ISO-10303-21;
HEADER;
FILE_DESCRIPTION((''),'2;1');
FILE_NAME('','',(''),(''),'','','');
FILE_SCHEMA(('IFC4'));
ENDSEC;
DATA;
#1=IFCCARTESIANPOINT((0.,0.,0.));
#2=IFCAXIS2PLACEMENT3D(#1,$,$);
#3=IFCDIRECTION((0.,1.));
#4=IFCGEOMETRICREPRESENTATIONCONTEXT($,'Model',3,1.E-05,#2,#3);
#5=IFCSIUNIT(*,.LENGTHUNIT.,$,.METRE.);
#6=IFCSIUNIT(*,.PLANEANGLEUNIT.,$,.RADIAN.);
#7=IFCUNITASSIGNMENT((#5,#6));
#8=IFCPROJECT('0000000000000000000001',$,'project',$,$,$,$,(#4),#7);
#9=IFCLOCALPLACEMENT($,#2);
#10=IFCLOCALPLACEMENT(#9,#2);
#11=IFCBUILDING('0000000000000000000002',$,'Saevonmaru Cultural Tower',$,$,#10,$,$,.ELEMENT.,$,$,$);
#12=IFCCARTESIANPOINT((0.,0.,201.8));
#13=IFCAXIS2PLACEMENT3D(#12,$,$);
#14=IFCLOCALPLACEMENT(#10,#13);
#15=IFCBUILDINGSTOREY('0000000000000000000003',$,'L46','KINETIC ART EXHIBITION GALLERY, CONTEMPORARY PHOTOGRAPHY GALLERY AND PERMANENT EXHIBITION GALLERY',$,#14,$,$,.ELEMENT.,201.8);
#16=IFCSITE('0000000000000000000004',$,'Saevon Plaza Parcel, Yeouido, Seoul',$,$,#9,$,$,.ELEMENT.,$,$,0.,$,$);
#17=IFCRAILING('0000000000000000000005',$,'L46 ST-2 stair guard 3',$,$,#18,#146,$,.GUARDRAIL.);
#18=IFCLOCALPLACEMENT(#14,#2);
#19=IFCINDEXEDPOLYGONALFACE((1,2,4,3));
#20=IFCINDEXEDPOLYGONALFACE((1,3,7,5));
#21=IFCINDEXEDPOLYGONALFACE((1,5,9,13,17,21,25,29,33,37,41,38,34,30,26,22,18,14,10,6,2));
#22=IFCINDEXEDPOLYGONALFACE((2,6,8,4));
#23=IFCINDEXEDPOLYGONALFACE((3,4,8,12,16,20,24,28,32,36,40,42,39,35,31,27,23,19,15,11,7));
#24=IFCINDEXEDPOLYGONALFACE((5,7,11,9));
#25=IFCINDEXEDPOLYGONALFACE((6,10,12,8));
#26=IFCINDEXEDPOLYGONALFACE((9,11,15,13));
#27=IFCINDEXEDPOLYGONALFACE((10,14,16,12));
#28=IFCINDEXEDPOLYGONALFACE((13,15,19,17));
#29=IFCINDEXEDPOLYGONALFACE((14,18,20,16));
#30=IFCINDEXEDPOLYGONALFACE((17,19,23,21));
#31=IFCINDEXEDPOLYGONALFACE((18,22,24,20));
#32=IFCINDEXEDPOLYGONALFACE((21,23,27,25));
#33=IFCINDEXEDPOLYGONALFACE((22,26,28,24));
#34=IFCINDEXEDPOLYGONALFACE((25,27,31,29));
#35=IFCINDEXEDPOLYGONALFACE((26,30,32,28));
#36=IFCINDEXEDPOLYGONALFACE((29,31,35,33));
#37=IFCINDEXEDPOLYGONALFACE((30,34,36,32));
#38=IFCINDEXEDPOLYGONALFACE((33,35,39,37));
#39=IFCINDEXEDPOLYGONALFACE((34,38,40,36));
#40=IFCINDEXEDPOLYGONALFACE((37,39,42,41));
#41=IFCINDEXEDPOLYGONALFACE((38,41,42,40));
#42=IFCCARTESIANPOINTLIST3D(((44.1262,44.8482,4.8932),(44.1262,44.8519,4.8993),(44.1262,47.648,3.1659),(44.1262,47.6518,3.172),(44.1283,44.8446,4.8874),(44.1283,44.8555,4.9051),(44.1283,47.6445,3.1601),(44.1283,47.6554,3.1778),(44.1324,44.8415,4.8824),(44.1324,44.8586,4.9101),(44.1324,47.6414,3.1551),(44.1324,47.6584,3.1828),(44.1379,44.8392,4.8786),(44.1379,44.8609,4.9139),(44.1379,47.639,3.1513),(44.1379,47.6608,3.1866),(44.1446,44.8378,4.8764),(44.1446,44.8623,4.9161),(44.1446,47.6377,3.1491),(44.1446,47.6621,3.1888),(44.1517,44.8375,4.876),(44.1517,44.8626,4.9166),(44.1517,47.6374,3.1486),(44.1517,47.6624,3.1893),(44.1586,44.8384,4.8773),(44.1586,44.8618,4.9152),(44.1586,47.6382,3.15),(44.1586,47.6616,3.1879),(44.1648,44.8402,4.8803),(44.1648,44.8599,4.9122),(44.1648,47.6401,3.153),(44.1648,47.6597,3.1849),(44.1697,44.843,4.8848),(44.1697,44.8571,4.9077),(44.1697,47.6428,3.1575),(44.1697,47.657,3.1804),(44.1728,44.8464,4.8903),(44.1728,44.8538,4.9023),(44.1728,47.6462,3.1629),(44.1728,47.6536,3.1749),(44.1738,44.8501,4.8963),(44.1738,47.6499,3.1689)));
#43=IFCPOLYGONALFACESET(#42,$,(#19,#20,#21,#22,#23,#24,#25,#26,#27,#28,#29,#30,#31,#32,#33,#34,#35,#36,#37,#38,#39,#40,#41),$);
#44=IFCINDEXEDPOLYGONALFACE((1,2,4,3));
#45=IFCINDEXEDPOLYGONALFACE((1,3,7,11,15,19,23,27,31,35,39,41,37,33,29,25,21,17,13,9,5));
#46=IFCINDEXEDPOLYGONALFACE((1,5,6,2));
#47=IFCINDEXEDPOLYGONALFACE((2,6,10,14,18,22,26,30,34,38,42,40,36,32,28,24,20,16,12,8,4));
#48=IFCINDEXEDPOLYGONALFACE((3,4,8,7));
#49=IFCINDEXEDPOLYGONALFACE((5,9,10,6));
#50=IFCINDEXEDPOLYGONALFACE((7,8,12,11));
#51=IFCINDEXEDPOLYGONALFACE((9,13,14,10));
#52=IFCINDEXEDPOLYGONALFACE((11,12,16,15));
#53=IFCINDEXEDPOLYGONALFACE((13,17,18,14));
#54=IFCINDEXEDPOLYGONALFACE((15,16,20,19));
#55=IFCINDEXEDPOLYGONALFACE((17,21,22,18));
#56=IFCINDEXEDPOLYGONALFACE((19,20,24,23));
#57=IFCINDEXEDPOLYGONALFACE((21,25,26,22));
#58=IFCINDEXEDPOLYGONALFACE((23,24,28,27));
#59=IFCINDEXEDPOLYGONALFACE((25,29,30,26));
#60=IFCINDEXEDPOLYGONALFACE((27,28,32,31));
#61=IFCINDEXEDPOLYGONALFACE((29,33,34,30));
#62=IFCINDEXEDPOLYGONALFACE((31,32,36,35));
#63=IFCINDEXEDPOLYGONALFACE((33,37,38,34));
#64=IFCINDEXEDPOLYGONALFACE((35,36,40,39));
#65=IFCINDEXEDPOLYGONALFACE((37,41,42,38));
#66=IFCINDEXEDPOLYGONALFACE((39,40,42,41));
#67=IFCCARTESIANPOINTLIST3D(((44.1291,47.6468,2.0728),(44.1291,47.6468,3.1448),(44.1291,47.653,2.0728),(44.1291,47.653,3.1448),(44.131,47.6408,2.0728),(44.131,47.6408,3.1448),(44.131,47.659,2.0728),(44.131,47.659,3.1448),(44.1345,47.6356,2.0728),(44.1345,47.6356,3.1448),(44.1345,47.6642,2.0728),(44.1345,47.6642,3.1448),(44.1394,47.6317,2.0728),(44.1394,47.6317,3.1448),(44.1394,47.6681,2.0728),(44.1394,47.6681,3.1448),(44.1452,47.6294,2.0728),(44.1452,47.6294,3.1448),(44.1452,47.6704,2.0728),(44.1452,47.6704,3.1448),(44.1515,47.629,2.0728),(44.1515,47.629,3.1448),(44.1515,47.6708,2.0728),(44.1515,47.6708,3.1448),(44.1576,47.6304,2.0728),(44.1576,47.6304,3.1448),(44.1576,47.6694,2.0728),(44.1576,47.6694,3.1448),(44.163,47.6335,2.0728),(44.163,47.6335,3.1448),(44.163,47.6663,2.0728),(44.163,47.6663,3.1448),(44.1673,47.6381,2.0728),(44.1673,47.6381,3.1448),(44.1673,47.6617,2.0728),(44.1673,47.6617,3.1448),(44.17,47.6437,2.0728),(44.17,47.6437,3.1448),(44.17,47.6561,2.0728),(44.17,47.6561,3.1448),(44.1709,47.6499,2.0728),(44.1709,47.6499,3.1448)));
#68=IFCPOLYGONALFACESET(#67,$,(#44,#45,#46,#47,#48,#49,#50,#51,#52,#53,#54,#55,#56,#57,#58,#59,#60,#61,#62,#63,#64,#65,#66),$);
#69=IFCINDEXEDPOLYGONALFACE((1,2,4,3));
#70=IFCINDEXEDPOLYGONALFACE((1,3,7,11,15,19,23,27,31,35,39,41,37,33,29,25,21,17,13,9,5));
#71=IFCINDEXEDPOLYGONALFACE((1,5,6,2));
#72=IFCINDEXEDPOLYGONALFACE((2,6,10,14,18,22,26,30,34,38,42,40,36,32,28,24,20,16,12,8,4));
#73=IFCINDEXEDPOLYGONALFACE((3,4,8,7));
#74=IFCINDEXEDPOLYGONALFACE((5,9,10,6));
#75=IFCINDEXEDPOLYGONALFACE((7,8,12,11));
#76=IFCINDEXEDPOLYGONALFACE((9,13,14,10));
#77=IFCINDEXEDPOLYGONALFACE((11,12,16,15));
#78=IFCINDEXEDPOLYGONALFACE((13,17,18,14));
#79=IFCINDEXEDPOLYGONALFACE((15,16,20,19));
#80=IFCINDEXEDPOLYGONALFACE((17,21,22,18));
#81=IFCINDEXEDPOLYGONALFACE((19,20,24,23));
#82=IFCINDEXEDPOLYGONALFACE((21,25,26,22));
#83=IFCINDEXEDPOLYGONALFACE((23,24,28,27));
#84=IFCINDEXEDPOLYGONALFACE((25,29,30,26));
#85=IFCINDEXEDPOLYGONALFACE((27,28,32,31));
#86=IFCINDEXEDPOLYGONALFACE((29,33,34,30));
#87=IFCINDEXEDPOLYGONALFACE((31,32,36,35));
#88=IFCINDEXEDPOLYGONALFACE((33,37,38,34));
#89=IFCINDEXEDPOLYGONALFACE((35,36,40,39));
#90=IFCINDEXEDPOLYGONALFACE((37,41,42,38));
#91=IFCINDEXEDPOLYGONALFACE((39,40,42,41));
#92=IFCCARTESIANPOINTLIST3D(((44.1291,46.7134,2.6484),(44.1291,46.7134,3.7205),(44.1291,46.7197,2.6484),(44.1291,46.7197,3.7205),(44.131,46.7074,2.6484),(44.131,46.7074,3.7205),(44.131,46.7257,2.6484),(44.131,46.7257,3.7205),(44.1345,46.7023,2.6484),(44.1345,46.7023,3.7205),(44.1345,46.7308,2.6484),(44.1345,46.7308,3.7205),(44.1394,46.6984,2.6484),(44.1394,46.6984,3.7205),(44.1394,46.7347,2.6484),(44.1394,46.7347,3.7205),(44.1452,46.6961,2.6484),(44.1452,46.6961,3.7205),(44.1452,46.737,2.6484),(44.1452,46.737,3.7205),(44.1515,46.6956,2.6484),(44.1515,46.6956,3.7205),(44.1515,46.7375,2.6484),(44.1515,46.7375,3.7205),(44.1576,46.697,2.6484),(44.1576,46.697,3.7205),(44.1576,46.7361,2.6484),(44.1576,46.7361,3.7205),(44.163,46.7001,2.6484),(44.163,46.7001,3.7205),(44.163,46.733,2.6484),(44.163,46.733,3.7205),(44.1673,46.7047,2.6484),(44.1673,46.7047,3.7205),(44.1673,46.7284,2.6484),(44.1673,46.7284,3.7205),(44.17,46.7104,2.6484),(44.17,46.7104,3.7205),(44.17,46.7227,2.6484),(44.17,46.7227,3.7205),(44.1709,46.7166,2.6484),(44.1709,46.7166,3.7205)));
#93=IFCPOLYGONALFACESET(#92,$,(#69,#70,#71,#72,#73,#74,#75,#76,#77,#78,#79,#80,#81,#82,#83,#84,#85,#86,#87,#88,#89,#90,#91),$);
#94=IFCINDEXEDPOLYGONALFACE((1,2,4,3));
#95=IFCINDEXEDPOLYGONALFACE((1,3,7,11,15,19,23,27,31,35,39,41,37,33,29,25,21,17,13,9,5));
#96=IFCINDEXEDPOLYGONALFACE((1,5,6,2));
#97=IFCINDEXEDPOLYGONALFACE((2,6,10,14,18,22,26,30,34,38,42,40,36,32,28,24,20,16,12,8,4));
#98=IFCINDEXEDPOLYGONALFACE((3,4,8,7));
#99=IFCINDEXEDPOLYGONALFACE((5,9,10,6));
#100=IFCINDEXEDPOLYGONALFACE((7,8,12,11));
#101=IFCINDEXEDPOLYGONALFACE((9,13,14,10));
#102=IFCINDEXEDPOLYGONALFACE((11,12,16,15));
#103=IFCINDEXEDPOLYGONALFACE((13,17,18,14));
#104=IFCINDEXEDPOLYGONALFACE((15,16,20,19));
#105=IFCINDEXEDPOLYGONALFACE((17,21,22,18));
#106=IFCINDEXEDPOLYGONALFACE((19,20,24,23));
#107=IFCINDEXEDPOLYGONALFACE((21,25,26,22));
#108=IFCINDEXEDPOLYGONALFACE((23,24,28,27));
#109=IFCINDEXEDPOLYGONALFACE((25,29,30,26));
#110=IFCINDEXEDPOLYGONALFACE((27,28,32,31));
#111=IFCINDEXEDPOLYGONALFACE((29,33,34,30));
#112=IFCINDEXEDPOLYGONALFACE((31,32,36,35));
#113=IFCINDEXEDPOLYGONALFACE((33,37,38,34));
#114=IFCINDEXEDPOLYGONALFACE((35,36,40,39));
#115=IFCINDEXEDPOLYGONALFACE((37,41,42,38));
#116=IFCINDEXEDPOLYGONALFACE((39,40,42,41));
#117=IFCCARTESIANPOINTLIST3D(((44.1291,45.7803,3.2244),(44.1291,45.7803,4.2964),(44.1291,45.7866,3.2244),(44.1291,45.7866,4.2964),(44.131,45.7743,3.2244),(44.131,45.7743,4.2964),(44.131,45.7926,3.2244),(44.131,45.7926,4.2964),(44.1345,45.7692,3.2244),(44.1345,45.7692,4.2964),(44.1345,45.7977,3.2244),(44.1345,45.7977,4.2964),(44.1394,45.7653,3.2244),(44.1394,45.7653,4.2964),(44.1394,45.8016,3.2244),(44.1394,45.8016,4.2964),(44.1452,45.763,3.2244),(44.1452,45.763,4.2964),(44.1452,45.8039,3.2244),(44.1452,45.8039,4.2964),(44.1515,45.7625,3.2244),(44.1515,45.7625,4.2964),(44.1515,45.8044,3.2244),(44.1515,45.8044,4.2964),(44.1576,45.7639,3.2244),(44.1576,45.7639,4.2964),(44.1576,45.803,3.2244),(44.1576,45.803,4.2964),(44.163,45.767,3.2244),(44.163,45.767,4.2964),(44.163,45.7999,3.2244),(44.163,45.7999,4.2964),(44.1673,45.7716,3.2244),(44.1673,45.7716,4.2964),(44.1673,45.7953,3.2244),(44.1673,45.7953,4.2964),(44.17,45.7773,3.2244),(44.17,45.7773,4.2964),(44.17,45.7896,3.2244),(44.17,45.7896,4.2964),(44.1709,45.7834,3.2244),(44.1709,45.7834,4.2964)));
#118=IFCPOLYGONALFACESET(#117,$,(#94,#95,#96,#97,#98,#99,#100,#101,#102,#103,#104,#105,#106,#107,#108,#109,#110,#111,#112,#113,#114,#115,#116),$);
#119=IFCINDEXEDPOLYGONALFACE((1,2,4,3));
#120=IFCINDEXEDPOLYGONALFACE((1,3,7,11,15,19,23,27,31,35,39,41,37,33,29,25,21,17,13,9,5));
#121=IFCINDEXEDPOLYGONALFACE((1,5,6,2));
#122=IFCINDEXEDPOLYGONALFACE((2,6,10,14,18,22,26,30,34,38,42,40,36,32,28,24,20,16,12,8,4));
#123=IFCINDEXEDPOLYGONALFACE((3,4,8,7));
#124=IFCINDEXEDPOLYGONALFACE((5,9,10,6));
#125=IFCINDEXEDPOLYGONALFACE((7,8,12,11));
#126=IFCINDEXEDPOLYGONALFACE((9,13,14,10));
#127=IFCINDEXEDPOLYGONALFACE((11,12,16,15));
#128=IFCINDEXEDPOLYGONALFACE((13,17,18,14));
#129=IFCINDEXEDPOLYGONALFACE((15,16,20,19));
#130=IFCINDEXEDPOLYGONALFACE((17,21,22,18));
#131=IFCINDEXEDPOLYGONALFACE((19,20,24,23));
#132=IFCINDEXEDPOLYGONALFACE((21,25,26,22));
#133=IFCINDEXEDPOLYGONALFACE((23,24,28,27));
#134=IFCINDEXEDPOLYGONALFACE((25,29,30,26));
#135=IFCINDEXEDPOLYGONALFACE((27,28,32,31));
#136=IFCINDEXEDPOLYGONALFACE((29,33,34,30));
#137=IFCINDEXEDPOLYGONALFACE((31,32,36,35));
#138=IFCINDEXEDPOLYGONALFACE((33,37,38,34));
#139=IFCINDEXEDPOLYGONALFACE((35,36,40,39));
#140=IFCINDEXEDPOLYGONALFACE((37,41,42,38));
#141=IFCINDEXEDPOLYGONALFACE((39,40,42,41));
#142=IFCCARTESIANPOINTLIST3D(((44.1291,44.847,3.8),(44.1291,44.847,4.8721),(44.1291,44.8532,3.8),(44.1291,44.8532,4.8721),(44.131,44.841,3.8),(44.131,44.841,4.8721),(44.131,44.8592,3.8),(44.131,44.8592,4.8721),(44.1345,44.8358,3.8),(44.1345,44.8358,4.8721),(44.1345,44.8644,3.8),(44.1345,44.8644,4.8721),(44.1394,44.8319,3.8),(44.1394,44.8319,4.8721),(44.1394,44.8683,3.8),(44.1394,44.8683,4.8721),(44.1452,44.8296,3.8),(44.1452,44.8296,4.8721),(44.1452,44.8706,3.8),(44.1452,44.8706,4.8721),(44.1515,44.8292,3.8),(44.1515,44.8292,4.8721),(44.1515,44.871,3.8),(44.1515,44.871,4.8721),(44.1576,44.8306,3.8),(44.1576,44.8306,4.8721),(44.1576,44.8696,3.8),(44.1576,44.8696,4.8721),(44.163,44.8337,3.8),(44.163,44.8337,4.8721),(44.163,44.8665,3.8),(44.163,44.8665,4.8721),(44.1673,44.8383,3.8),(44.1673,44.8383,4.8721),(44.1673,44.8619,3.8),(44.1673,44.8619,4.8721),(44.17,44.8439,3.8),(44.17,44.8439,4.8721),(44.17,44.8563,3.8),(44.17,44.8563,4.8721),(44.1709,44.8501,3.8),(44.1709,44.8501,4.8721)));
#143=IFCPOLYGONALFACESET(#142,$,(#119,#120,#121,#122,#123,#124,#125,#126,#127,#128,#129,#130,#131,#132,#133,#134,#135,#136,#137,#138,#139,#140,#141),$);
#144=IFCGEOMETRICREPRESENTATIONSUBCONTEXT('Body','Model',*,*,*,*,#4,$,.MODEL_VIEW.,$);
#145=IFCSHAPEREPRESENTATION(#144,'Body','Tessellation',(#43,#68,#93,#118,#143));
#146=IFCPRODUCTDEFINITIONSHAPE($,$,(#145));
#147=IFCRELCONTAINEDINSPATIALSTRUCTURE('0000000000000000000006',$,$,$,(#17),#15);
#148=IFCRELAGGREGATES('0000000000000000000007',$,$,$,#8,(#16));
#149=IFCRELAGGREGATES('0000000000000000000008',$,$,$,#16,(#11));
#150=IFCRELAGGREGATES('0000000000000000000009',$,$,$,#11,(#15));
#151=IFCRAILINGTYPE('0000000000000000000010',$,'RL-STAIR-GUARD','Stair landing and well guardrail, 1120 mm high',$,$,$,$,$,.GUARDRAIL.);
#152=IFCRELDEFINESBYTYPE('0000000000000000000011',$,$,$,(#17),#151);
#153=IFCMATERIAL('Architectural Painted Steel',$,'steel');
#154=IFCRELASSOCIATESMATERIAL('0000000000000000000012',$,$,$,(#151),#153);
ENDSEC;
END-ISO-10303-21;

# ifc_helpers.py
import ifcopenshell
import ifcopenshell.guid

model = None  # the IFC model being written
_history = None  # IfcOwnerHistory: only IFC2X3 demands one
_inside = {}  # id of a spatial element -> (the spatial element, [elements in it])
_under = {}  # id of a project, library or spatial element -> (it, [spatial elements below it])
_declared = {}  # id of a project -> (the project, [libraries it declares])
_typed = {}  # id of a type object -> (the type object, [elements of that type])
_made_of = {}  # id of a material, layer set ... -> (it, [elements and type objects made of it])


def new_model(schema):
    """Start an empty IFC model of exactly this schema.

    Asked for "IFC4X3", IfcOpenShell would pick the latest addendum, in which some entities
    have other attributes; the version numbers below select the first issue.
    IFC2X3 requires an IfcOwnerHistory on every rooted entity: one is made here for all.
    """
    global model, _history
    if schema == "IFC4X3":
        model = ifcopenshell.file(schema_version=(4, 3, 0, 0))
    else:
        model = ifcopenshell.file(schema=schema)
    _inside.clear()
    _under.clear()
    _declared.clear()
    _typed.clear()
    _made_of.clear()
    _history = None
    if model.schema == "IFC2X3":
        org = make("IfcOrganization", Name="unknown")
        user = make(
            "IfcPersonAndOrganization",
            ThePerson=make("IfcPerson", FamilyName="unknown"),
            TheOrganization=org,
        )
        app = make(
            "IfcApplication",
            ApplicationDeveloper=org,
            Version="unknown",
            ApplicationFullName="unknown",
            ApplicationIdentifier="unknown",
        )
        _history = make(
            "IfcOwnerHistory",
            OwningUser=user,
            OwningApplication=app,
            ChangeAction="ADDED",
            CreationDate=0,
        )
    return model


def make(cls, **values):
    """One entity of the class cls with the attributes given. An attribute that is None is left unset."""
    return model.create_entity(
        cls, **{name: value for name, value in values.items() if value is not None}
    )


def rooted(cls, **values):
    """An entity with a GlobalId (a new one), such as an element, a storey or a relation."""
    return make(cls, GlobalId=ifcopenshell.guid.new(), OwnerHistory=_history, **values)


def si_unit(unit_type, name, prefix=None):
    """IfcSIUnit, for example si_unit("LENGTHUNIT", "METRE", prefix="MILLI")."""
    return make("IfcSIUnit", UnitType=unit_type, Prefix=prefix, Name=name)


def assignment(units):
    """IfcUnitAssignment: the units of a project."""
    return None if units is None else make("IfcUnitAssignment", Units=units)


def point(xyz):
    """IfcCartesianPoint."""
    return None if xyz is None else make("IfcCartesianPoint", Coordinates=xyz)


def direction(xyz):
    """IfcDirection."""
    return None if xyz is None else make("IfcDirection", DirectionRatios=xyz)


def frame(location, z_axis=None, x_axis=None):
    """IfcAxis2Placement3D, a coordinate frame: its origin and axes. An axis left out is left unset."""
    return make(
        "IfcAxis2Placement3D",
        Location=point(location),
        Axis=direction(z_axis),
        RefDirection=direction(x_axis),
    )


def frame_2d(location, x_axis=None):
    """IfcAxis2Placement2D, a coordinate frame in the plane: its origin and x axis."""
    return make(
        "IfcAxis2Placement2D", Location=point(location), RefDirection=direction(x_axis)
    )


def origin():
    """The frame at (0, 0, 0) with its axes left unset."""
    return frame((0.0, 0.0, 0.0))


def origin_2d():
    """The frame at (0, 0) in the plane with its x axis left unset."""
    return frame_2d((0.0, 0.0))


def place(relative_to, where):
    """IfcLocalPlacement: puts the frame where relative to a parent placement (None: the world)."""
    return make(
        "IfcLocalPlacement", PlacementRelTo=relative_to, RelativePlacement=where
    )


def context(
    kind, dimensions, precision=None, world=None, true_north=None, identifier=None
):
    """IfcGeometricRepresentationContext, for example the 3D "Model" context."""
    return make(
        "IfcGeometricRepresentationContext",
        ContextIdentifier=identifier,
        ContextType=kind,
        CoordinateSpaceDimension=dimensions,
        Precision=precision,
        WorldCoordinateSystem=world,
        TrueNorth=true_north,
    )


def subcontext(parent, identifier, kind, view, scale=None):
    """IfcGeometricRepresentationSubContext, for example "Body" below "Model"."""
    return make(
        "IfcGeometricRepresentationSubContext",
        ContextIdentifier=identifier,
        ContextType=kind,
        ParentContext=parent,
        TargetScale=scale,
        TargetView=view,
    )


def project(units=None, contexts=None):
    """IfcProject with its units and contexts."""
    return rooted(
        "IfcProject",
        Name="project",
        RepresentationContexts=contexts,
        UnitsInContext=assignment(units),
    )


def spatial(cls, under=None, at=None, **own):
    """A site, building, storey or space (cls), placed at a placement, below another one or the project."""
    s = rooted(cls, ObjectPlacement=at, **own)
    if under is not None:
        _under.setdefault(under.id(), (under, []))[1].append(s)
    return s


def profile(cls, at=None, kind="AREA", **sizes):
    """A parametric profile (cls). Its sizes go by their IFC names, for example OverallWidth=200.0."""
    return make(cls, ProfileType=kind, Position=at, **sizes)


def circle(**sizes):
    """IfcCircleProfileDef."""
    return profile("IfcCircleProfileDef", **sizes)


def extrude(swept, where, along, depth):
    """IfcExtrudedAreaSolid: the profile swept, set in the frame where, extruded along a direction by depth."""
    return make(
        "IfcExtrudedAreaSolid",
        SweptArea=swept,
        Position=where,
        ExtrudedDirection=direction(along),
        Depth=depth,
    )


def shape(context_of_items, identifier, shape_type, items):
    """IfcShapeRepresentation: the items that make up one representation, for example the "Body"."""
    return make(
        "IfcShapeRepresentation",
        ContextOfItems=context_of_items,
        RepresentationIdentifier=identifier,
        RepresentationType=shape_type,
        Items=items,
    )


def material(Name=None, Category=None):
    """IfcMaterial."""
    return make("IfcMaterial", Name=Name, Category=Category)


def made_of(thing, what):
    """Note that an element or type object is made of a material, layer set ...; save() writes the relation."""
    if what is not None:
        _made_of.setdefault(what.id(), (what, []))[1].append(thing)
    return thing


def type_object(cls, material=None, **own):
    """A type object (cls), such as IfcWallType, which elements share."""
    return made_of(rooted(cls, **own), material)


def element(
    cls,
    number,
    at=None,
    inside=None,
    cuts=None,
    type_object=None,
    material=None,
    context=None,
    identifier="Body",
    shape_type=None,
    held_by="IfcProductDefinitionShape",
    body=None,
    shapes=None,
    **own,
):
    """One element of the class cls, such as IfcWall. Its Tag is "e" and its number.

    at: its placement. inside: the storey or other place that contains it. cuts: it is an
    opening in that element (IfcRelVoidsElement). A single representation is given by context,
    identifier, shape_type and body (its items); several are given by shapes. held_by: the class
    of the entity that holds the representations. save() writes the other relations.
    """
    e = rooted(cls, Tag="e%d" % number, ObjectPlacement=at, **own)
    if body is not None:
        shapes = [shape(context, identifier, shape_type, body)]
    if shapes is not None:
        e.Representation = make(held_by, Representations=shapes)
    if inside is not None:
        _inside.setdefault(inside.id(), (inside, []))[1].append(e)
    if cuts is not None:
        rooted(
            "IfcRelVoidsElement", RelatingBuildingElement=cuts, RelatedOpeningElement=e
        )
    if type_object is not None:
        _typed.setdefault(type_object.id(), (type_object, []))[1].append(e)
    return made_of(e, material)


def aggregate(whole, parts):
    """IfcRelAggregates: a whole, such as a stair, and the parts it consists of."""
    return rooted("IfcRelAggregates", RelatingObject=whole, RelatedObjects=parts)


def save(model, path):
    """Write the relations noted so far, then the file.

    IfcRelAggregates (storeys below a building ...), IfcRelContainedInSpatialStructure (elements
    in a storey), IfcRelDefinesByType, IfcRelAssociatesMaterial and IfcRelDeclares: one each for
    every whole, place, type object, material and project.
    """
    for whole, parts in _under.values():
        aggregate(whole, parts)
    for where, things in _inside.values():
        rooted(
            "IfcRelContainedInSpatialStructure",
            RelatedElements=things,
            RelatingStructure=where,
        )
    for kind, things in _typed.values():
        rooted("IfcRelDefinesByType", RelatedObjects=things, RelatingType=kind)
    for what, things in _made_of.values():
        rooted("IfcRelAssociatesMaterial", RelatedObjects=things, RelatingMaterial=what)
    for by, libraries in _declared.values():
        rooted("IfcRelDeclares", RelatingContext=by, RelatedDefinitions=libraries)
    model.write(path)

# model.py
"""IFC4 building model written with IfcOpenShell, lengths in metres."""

from ifc_helpers import new_model, si_unit, direction, frame, origin, origin_2d, place, context, subcontext, project, spatial, circle, extrude, material, type_object, element, save


model = new_model("IFC4")

# Units and contexts
model_context = context("Model", 3, precision=1e-05, world=origin(), true_north=direction((0.0, 1.0)))
body_context = subcontext(model_context, "Body", "Model", "MODEL_VIEW")
ifc_project = project(units=[si_unit("LENGTHUNIT", "METRE"), si_unit("PLANEANGLEUNIT", "RADIAN")], contexts=[model_context])

# Site, building, storey
site_placement = place(None, origin())
site = spatial("IfcSite", under=ifc_project, at=site_placement, Name="Saevon Plaza Parcel, Yeouido, Seoul", CompositionType="ELEMENT", RefElevation=0.0)
building_placement = place(site_placement, origin())
building = spatial("IfcBuilding", under=site, at=building_placement, Name="Saevonmaru Cultural Tower", CompositionType="ELEMENT")
storey_placement = place(building_placement, frame((0.0, 0.0, 201.8)))
storey = spatial("IfcBuildingStorey", under=building, at=storey_placement, Name="L46", Description="KINETIC ART EXHIBITION GALLERY, CONTEMPORARY PHOTOGRAPHY GALLERY AND PERMANENT EXHIBITION GALLERY", CompositionType="ELEMENT", Elevation=201.8)

# Railing
ifc_material_1 = material(Name="Architectural Painted Steel", Category="steel")
railing_type_1 = type_object("IfcRailingType", Name="RL-STAIR-GUARD", Description="Stair landing and well guardrail, 1120 mm high", PredefinedType="GUARDRAIL", material=ifc_material_1)
railing_1_placement = place(storey_placement, frame((44.1499, 47.6499, 2.0728)))
element("IfcRailing", 1, at=railing_1_placement, inside=storey, type_object=railing_type_1, Name="L46 ST-2 stair guard 3", PredefinedType="GUARDRAIL", context=body_context, shape_type="SweptSolid", body=[
    extrude(circle(Radius=0.0239, at=origin_2d()), frame((0.0, 0.0, 1.0962), z_axis=(0.0, -0.851069, 0.525054), x_axis=(1.0, 0.0, 0.0)), (0.0, 0.0, 1.0), 3.2898),
    extrude(circle(Radius=0.021, at=origin_2d()), origin(), (0.0, 0.0, 1.0), 1.072),
    extrude(circle(Radius=0.021, at=origin_2d()), frame((0.0, -0.9333, 0.5757)), (0.0, 0.0, 1.0), 1.072),
    extrude(circle(Radius=0.021, at=origin_2d()), frame((0.0, -1.8665, 1.1516)), (0.0, 0.0, 1.0), 1.072),
    extrude(circle(Radius=0.021, at=origin_2d()), frame((0.0, -2.7998, 1.7273)), (0.0, 0.0, 1.0), 1.072),
])

save(model, "model.ifc")
